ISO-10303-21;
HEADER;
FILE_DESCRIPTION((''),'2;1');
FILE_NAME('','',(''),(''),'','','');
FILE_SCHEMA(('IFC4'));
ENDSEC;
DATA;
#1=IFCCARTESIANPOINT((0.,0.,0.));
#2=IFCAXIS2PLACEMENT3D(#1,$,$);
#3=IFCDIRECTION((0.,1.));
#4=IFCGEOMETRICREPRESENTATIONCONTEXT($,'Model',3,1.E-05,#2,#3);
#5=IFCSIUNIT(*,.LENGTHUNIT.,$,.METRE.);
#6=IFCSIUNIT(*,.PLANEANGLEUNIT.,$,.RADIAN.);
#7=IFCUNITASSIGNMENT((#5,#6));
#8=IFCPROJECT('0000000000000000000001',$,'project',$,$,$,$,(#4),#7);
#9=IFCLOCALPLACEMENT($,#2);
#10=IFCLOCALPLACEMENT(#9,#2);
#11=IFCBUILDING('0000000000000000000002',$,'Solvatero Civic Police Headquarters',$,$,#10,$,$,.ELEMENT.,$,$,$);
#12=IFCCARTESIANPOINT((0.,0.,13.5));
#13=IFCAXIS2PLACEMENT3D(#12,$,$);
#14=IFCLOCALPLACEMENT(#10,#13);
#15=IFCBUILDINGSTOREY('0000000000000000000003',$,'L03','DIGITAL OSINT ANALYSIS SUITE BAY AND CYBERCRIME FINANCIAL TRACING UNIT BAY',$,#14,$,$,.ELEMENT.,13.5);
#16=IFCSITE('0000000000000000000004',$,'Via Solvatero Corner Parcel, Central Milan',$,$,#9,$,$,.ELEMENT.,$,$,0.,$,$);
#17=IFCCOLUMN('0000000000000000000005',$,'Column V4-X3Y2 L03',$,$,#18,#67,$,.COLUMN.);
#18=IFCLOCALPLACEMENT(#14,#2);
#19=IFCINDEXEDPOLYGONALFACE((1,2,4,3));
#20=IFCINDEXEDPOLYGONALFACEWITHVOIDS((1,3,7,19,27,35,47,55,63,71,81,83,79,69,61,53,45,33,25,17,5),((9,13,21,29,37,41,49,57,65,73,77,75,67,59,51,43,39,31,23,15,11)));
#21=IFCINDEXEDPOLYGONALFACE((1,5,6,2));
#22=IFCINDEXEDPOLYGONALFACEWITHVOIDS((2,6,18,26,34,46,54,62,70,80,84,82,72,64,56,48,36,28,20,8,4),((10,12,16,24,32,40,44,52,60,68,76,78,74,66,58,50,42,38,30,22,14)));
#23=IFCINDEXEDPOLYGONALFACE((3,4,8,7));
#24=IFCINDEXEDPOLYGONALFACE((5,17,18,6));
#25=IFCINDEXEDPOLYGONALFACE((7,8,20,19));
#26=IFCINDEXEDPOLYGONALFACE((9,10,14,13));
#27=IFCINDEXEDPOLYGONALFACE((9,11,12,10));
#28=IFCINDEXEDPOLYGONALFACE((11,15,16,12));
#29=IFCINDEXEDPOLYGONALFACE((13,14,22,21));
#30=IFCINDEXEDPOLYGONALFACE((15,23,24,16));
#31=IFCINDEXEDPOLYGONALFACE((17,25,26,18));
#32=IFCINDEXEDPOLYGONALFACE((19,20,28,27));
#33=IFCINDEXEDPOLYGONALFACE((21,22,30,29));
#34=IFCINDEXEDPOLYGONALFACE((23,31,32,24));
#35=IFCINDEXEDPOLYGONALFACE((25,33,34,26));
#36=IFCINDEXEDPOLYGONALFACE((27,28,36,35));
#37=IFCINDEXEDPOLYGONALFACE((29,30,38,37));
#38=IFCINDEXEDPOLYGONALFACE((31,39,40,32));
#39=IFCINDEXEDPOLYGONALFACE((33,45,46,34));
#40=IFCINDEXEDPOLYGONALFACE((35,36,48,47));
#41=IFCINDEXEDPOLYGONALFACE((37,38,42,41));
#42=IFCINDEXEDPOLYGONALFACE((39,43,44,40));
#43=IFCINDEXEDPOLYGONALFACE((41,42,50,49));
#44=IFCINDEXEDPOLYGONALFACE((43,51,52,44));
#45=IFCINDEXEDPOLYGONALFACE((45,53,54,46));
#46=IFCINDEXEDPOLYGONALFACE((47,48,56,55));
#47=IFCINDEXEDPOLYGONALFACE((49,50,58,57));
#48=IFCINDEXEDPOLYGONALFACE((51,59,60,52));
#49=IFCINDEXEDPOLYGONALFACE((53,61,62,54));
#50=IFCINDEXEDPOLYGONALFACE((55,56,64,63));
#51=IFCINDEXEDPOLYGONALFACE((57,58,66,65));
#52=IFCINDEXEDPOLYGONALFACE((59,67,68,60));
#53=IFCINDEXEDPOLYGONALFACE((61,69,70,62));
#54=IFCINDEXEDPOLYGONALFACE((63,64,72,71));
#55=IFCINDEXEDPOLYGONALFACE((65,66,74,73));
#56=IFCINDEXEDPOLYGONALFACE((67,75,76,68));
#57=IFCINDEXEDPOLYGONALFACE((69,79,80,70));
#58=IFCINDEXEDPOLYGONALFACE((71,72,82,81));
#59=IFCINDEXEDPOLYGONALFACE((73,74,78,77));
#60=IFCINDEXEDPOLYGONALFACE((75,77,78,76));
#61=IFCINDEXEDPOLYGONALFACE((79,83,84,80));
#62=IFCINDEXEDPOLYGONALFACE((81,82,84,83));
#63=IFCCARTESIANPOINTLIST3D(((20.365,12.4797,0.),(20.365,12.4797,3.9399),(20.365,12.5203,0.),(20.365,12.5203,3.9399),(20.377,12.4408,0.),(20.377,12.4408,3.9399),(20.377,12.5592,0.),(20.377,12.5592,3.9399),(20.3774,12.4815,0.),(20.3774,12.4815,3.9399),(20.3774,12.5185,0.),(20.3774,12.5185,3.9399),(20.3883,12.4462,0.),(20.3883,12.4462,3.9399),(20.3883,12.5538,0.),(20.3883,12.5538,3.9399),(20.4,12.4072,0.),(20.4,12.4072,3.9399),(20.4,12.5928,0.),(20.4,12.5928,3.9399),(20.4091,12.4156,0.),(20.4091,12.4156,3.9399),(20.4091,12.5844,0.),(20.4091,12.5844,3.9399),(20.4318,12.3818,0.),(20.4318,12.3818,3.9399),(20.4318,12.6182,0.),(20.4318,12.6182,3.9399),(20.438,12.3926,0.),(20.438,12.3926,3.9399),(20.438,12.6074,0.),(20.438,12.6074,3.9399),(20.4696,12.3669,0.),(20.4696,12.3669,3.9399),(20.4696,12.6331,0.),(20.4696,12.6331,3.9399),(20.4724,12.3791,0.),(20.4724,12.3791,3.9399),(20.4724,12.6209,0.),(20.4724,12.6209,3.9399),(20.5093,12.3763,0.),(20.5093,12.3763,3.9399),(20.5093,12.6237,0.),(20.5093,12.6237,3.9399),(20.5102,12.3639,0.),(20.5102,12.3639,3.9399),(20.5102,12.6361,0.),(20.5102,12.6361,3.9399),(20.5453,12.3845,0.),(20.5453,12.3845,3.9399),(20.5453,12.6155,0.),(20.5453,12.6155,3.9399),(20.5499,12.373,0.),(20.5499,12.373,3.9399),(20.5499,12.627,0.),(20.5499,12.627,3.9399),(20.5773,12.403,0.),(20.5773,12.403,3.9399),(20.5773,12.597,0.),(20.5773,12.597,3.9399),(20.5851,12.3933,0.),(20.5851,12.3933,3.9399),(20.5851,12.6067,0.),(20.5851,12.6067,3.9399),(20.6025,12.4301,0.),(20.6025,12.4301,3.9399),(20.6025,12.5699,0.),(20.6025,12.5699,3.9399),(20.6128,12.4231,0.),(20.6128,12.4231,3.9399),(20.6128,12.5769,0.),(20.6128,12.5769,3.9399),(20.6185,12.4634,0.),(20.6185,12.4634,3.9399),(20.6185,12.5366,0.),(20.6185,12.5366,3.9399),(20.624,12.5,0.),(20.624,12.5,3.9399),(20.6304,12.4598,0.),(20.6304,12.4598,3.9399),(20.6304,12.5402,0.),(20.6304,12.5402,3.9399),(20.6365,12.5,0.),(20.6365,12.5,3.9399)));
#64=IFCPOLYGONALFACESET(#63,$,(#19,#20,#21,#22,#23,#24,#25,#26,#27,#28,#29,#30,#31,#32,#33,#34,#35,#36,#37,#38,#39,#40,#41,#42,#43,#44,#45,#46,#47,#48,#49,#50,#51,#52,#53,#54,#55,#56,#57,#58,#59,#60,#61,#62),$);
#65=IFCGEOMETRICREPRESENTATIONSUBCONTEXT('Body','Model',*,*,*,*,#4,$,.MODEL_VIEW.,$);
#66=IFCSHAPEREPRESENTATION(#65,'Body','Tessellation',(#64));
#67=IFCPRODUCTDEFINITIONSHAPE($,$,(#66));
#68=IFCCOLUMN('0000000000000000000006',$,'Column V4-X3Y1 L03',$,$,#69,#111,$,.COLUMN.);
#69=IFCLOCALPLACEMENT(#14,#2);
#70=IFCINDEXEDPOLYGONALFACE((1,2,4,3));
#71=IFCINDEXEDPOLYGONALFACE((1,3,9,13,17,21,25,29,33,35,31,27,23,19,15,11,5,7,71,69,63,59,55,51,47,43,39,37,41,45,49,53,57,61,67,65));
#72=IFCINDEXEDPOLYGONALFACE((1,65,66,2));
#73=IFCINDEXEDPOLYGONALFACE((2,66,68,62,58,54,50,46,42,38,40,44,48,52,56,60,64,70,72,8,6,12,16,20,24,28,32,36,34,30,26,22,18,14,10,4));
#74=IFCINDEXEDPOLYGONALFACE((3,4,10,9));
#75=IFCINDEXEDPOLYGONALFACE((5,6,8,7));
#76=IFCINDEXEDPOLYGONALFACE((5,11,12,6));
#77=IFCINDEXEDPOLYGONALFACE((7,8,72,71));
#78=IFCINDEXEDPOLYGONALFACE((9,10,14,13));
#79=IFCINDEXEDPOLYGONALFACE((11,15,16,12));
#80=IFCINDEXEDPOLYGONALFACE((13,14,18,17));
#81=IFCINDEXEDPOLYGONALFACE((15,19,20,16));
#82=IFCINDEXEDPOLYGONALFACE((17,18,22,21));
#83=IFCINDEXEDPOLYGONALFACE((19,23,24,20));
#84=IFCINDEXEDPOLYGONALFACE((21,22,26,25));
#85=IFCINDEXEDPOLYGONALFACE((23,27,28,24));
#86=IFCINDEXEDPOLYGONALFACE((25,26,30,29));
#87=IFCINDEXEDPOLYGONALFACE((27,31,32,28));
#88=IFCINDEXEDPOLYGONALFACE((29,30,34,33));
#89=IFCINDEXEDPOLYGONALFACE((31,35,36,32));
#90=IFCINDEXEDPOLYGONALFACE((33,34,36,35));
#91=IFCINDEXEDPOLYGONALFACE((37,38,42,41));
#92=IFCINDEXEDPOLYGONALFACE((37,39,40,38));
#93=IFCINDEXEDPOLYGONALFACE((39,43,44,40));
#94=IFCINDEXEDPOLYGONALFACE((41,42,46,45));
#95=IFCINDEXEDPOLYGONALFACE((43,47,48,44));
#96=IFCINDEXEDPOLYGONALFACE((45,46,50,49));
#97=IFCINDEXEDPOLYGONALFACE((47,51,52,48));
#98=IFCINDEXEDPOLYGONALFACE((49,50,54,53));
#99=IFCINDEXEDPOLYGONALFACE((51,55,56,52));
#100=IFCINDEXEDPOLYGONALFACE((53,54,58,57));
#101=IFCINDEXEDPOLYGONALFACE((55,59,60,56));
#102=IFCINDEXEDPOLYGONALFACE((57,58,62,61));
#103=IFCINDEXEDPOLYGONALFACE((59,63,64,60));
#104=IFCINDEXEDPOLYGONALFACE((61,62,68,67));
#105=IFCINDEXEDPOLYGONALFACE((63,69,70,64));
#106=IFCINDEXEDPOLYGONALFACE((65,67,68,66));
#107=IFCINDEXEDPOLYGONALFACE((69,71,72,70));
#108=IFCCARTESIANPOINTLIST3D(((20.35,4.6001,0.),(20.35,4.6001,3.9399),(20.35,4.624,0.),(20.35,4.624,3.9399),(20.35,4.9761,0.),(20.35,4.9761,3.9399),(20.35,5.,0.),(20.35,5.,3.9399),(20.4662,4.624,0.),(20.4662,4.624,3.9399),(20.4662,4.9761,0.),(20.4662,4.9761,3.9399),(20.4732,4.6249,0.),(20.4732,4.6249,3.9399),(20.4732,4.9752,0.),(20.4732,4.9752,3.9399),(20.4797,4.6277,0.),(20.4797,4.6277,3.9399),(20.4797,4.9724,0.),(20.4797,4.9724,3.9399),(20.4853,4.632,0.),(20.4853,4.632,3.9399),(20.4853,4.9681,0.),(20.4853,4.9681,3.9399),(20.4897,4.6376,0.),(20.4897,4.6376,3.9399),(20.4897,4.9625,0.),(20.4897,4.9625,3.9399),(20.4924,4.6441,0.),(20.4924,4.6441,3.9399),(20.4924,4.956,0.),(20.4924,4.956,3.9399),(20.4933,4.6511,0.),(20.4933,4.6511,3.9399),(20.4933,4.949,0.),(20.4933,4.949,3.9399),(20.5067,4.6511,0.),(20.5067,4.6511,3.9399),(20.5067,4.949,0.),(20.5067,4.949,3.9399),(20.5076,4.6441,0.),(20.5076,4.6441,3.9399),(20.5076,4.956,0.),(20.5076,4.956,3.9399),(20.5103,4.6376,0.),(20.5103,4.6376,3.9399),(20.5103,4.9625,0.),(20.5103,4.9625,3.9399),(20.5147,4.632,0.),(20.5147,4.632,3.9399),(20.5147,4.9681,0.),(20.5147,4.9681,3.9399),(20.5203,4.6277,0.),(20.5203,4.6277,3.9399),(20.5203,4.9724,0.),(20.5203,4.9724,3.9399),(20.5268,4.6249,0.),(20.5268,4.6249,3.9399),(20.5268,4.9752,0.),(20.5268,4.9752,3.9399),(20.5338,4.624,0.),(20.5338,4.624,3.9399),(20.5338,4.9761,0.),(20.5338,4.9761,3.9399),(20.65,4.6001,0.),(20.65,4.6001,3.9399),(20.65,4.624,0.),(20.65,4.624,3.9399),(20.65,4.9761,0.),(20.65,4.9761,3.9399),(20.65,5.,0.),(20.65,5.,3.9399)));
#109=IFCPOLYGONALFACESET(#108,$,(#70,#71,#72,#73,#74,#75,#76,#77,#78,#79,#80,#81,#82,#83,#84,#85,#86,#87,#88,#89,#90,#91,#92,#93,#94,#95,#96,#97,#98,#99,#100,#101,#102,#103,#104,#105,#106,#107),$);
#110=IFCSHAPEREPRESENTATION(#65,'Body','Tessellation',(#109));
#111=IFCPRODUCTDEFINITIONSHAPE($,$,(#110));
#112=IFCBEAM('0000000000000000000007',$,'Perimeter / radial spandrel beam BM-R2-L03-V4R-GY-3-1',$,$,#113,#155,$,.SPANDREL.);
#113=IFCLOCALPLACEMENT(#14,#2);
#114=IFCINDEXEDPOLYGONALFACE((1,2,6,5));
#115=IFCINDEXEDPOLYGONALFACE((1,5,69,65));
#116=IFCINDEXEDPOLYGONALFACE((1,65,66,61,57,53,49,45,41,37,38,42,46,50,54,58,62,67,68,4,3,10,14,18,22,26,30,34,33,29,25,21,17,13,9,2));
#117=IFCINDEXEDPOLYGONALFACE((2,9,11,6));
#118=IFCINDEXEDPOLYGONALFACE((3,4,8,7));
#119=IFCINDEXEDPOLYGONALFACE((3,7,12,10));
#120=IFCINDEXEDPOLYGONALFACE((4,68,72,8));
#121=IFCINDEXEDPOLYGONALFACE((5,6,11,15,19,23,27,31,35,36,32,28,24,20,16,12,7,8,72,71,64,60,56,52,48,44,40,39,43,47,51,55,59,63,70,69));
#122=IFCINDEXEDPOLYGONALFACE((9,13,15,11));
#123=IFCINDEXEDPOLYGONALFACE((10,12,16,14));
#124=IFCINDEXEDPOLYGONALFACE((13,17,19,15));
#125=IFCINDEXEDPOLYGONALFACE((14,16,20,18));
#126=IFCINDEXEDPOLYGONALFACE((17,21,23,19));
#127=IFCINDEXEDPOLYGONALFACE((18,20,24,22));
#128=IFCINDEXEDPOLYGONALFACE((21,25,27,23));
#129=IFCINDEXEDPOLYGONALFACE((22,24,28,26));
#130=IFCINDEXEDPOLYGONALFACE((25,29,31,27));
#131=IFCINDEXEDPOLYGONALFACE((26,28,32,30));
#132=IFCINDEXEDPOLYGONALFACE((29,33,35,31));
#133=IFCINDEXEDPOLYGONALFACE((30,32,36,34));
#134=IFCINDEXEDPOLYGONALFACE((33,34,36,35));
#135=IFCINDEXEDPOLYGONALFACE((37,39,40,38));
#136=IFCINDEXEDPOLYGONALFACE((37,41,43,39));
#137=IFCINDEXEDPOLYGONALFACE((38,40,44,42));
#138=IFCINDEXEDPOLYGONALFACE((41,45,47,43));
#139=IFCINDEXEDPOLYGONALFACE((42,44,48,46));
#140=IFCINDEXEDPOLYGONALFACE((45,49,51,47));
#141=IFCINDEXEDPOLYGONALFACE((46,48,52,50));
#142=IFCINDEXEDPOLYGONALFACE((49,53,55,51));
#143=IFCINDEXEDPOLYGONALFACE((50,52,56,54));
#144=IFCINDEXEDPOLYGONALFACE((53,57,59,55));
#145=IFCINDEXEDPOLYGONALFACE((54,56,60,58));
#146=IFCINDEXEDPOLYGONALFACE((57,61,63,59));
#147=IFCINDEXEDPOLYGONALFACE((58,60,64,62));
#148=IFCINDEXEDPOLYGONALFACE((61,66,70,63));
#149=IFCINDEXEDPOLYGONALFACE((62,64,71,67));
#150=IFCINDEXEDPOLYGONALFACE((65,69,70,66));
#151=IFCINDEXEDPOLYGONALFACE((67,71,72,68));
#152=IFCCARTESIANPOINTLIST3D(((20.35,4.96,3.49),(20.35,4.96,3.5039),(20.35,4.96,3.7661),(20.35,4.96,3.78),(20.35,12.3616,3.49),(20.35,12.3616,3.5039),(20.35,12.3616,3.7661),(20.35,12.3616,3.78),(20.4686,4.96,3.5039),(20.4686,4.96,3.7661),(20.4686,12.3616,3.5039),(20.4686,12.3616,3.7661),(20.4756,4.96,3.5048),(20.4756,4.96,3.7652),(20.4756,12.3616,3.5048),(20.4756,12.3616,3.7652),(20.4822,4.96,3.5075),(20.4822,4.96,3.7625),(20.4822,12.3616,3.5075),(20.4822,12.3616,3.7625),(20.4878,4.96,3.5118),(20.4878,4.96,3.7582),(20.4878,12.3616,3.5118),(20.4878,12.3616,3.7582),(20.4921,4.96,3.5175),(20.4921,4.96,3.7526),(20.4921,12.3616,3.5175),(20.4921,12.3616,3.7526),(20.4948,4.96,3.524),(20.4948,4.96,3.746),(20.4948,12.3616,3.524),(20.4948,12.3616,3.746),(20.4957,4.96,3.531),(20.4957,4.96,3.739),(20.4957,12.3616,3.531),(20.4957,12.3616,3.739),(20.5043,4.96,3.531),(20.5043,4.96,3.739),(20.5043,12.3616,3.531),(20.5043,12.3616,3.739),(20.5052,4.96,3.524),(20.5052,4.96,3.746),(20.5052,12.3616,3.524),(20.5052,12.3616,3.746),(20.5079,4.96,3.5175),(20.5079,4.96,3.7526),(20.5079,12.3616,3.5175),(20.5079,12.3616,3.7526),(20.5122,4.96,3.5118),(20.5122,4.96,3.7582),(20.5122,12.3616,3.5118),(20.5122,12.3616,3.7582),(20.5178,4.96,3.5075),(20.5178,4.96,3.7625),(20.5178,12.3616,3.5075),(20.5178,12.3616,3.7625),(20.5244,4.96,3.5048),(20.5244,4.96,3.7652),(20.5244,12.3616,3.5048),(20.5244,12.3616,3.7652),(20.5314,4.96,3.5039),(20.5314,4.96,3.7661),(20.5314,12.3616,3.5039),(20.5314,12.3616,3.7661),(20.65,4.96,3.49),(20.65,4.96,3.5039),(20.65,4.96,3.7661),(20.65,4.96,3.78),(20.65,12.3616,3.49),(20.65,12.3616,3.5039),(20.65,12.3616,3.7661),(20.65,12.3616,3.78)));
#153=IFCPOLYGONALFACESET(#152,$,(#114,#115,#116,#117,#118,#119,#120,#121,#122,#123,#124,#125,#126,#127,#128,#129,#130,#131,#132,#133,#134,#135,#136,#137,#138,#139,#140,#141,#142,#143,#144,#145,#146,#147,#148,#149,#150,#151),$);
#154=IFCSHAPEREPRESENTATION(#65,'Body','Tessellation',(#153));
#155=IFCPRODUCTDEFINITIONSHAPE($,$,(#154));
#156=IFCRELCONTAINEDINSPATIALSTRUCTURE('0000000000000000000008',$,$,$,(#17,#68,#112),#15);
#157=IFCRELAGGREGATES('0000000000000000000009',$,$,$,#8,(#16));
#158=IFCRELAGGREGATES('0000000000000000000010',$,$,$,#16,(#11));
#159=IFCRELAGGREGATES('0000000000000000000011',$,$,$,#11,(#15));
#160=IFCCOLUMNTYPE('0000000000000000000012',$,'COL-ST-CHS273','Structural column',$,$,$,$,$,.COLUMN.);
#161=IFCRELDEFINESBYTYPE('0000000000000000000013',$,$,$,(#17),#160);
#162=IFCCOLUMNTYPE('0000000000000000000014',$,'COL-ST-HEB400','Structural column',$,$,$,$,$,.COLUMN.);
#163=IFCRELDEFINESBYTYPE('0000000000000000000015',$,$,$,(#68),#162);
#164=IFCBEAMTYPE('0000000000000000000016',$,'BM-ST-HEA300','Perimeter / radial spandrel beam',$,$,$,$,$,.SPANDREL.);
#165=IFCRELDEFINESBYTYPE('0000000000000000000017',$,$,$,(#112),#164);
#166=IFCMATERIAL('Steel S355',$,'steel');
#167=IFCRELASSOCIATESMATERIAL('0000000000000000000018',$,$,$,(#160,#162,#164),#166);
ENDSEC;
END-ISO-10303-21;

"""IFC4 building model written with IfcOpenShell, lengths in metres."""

from ifc_helpers import new_model, si_unit, direction, frame, origin, origin_2d, place, context, subcontext, project, spatial, hollow_circle, i_section, extrude, material, material_profile, profile_set, type_object, element, save


model = new_model("IFC4")

# Units and contexts
model_context = context("Model", 3, precision=1e-05, world=origin(), true_north=direction((0.0, 1.0)))
body_context = subcontext(model_context, "Body", "Model", "MODEL_VIEW")
ifc_project = project(units=[si_unit("LENGTHUNIT", "METRE"), si_unit("PLANEANGLEUNIT", "RADIAN")], contexts=[model_context])

# Site, building, storey
site_placement = place(None, origin())
site = spatial("IfcSite", under=ifc_project, at=site_placement, Name="Via Solvatero Corner Parcel, Central Milan", CompositionType="ELEMENT", RefElevation=0.0)
building_placement = place(site_placement, origin())
building = spatial("IfcBuilding", under=site, at=building_placement, Name="Solvatero Civic Police Headquarters", CompositionType="ELEMENT")
storey_placement = place(building_placement, frame((0.0, 0.0, 13.5)))
storey = spatial("IfcBuildingStorey", under=building, at=storey_placement, Name="L03", Description="DIGITAL OSINT ANALYSIS SUITE BAY AND CYBERCRIME FINANCIAL TRACING UNIT BAY", CompositionType="ELEMENT", Elevation=13.5)

# Columns
ifc_material_1 = material(Name="Steel S355", Category="steel")
ifc_material_profile_1 = material_profile(ifc_material_1, hollow_circle(Radius=0.1365, WallThickness=0.0125, at=origin_2d()), Name="CHS 273.0x12.5")
ifc_profile_set_1 = profile_set([ifc_material_profile_1], Name="Steel S355")
column_type_1 = type_object("IfcColumnType", Name="COL-ST-CHS273", Description="Structural column", PredefinedType="COLUMN", material=ifc_profile_set_1)
column_1_placement = place(storey_placement, frame((20.5, 12.5, 0.0), z_axis=(0.0, 0.0, 1.0), x_axis=(1.0, 0.0, 0.0)))
element("IfcColumn", 1, at=column_1_placement, inside=storey, type_object=column_type_1, Name="Column V4-X3Y2 L03", PredefinedType="COLUMN", context=body_context, shape_type="SweptSolid", body=[
    extrude(hollow_circle(Radius=0.1365, WallThickness=0.0125, at=origin_2d()), origin(), (0.0, 0.0, 1.0), 3.9399),
])
ifc_material_profile_2 = material_profile(ifc_material_1, i_section(OverallWidth=0.3, OverallDepth=0.3999, WebThickness=0.0134, FlangeThickness=0.0239, FilletRadius=0.0271, at=origin_2d()), Name="HEB 400")
ifc_profile_set_2 = profile_set([ifc_material_profile_2], Name="Steel S355")
column_type_2 = type_object("IfcColumnType", Name="COL-ST-HEB400", Description="Structural column", PredefinedType="COLUMN", material=ifc_profile_set_2)
column_2_placement = place(storey_placement, frame((20.5, 4.8, 0.0), z_axis=(0.0, 0.0, 1.0), x_axis=(1.0, 0.0, 0.0)))
element("IfcColumn", 2, at=column_2_placement, inside=storey, type_object=column_type_2, Name="Column V4-X3Y1 L03", PredefinedType="COLUMN", context=body_context, shape_type="SweptSolid", body=[
    extrude(i_section(OverallWidth=0.3, OverallDepth=0.3999, WebThickness=0.0134, FlangeThickness=0.0239, FilletRadius=0.0271, at=origin_2d()), origin(), (0.0, 0.0, 1.0), 3.9399),
])

# Beam
ifc_material_profile_3 = material_profile(ifc_material_1, i_section(OverallWidth=0.3, OverallDepth=0.29, WebThickness=0.0085, FlangeThickness=0.0139, FilletRadius=0.0271, at=origin_2d()), Name="HEA 300")
ifc_profile_set_3 = profile_set([ifc_material_profile_3], Name="Steel S355")
beam_type_1 = type_object("IfcBeamType", Name="BM-ST-HEA300", Description="Perimeter / radial spandrel beam", PredefinedType="SPANDREL", material=ifc_profile_set_3)
beam_placement = place(storey_placement, frame((20.5, 4.96, 3.635), z_axis=(0.0, 1.0, 0.0), x_axis=(-1.0, 0.0, 0.0)))
element("IfcBeam", 3, at=beam_placement, inside=storey, type_object=beam_type_1, Name="Perimeter / radial spandrel beam BM-R2-L03-V4R-GY-3-1", PredefinedType="SPANDREL", context=body_context, shape_type="SweptSolid", body=[
    extrude(i_section(OverallWidth=0.3, OverallDepth=0.29, WebThickness=0.0085, FlangeThickness=0.0139, FilletRadius=0.0271, at=origin_2d()), origin(), (0.0, 0.0, 1.0), 7.4016),
])

save(model, "model.ifc")
